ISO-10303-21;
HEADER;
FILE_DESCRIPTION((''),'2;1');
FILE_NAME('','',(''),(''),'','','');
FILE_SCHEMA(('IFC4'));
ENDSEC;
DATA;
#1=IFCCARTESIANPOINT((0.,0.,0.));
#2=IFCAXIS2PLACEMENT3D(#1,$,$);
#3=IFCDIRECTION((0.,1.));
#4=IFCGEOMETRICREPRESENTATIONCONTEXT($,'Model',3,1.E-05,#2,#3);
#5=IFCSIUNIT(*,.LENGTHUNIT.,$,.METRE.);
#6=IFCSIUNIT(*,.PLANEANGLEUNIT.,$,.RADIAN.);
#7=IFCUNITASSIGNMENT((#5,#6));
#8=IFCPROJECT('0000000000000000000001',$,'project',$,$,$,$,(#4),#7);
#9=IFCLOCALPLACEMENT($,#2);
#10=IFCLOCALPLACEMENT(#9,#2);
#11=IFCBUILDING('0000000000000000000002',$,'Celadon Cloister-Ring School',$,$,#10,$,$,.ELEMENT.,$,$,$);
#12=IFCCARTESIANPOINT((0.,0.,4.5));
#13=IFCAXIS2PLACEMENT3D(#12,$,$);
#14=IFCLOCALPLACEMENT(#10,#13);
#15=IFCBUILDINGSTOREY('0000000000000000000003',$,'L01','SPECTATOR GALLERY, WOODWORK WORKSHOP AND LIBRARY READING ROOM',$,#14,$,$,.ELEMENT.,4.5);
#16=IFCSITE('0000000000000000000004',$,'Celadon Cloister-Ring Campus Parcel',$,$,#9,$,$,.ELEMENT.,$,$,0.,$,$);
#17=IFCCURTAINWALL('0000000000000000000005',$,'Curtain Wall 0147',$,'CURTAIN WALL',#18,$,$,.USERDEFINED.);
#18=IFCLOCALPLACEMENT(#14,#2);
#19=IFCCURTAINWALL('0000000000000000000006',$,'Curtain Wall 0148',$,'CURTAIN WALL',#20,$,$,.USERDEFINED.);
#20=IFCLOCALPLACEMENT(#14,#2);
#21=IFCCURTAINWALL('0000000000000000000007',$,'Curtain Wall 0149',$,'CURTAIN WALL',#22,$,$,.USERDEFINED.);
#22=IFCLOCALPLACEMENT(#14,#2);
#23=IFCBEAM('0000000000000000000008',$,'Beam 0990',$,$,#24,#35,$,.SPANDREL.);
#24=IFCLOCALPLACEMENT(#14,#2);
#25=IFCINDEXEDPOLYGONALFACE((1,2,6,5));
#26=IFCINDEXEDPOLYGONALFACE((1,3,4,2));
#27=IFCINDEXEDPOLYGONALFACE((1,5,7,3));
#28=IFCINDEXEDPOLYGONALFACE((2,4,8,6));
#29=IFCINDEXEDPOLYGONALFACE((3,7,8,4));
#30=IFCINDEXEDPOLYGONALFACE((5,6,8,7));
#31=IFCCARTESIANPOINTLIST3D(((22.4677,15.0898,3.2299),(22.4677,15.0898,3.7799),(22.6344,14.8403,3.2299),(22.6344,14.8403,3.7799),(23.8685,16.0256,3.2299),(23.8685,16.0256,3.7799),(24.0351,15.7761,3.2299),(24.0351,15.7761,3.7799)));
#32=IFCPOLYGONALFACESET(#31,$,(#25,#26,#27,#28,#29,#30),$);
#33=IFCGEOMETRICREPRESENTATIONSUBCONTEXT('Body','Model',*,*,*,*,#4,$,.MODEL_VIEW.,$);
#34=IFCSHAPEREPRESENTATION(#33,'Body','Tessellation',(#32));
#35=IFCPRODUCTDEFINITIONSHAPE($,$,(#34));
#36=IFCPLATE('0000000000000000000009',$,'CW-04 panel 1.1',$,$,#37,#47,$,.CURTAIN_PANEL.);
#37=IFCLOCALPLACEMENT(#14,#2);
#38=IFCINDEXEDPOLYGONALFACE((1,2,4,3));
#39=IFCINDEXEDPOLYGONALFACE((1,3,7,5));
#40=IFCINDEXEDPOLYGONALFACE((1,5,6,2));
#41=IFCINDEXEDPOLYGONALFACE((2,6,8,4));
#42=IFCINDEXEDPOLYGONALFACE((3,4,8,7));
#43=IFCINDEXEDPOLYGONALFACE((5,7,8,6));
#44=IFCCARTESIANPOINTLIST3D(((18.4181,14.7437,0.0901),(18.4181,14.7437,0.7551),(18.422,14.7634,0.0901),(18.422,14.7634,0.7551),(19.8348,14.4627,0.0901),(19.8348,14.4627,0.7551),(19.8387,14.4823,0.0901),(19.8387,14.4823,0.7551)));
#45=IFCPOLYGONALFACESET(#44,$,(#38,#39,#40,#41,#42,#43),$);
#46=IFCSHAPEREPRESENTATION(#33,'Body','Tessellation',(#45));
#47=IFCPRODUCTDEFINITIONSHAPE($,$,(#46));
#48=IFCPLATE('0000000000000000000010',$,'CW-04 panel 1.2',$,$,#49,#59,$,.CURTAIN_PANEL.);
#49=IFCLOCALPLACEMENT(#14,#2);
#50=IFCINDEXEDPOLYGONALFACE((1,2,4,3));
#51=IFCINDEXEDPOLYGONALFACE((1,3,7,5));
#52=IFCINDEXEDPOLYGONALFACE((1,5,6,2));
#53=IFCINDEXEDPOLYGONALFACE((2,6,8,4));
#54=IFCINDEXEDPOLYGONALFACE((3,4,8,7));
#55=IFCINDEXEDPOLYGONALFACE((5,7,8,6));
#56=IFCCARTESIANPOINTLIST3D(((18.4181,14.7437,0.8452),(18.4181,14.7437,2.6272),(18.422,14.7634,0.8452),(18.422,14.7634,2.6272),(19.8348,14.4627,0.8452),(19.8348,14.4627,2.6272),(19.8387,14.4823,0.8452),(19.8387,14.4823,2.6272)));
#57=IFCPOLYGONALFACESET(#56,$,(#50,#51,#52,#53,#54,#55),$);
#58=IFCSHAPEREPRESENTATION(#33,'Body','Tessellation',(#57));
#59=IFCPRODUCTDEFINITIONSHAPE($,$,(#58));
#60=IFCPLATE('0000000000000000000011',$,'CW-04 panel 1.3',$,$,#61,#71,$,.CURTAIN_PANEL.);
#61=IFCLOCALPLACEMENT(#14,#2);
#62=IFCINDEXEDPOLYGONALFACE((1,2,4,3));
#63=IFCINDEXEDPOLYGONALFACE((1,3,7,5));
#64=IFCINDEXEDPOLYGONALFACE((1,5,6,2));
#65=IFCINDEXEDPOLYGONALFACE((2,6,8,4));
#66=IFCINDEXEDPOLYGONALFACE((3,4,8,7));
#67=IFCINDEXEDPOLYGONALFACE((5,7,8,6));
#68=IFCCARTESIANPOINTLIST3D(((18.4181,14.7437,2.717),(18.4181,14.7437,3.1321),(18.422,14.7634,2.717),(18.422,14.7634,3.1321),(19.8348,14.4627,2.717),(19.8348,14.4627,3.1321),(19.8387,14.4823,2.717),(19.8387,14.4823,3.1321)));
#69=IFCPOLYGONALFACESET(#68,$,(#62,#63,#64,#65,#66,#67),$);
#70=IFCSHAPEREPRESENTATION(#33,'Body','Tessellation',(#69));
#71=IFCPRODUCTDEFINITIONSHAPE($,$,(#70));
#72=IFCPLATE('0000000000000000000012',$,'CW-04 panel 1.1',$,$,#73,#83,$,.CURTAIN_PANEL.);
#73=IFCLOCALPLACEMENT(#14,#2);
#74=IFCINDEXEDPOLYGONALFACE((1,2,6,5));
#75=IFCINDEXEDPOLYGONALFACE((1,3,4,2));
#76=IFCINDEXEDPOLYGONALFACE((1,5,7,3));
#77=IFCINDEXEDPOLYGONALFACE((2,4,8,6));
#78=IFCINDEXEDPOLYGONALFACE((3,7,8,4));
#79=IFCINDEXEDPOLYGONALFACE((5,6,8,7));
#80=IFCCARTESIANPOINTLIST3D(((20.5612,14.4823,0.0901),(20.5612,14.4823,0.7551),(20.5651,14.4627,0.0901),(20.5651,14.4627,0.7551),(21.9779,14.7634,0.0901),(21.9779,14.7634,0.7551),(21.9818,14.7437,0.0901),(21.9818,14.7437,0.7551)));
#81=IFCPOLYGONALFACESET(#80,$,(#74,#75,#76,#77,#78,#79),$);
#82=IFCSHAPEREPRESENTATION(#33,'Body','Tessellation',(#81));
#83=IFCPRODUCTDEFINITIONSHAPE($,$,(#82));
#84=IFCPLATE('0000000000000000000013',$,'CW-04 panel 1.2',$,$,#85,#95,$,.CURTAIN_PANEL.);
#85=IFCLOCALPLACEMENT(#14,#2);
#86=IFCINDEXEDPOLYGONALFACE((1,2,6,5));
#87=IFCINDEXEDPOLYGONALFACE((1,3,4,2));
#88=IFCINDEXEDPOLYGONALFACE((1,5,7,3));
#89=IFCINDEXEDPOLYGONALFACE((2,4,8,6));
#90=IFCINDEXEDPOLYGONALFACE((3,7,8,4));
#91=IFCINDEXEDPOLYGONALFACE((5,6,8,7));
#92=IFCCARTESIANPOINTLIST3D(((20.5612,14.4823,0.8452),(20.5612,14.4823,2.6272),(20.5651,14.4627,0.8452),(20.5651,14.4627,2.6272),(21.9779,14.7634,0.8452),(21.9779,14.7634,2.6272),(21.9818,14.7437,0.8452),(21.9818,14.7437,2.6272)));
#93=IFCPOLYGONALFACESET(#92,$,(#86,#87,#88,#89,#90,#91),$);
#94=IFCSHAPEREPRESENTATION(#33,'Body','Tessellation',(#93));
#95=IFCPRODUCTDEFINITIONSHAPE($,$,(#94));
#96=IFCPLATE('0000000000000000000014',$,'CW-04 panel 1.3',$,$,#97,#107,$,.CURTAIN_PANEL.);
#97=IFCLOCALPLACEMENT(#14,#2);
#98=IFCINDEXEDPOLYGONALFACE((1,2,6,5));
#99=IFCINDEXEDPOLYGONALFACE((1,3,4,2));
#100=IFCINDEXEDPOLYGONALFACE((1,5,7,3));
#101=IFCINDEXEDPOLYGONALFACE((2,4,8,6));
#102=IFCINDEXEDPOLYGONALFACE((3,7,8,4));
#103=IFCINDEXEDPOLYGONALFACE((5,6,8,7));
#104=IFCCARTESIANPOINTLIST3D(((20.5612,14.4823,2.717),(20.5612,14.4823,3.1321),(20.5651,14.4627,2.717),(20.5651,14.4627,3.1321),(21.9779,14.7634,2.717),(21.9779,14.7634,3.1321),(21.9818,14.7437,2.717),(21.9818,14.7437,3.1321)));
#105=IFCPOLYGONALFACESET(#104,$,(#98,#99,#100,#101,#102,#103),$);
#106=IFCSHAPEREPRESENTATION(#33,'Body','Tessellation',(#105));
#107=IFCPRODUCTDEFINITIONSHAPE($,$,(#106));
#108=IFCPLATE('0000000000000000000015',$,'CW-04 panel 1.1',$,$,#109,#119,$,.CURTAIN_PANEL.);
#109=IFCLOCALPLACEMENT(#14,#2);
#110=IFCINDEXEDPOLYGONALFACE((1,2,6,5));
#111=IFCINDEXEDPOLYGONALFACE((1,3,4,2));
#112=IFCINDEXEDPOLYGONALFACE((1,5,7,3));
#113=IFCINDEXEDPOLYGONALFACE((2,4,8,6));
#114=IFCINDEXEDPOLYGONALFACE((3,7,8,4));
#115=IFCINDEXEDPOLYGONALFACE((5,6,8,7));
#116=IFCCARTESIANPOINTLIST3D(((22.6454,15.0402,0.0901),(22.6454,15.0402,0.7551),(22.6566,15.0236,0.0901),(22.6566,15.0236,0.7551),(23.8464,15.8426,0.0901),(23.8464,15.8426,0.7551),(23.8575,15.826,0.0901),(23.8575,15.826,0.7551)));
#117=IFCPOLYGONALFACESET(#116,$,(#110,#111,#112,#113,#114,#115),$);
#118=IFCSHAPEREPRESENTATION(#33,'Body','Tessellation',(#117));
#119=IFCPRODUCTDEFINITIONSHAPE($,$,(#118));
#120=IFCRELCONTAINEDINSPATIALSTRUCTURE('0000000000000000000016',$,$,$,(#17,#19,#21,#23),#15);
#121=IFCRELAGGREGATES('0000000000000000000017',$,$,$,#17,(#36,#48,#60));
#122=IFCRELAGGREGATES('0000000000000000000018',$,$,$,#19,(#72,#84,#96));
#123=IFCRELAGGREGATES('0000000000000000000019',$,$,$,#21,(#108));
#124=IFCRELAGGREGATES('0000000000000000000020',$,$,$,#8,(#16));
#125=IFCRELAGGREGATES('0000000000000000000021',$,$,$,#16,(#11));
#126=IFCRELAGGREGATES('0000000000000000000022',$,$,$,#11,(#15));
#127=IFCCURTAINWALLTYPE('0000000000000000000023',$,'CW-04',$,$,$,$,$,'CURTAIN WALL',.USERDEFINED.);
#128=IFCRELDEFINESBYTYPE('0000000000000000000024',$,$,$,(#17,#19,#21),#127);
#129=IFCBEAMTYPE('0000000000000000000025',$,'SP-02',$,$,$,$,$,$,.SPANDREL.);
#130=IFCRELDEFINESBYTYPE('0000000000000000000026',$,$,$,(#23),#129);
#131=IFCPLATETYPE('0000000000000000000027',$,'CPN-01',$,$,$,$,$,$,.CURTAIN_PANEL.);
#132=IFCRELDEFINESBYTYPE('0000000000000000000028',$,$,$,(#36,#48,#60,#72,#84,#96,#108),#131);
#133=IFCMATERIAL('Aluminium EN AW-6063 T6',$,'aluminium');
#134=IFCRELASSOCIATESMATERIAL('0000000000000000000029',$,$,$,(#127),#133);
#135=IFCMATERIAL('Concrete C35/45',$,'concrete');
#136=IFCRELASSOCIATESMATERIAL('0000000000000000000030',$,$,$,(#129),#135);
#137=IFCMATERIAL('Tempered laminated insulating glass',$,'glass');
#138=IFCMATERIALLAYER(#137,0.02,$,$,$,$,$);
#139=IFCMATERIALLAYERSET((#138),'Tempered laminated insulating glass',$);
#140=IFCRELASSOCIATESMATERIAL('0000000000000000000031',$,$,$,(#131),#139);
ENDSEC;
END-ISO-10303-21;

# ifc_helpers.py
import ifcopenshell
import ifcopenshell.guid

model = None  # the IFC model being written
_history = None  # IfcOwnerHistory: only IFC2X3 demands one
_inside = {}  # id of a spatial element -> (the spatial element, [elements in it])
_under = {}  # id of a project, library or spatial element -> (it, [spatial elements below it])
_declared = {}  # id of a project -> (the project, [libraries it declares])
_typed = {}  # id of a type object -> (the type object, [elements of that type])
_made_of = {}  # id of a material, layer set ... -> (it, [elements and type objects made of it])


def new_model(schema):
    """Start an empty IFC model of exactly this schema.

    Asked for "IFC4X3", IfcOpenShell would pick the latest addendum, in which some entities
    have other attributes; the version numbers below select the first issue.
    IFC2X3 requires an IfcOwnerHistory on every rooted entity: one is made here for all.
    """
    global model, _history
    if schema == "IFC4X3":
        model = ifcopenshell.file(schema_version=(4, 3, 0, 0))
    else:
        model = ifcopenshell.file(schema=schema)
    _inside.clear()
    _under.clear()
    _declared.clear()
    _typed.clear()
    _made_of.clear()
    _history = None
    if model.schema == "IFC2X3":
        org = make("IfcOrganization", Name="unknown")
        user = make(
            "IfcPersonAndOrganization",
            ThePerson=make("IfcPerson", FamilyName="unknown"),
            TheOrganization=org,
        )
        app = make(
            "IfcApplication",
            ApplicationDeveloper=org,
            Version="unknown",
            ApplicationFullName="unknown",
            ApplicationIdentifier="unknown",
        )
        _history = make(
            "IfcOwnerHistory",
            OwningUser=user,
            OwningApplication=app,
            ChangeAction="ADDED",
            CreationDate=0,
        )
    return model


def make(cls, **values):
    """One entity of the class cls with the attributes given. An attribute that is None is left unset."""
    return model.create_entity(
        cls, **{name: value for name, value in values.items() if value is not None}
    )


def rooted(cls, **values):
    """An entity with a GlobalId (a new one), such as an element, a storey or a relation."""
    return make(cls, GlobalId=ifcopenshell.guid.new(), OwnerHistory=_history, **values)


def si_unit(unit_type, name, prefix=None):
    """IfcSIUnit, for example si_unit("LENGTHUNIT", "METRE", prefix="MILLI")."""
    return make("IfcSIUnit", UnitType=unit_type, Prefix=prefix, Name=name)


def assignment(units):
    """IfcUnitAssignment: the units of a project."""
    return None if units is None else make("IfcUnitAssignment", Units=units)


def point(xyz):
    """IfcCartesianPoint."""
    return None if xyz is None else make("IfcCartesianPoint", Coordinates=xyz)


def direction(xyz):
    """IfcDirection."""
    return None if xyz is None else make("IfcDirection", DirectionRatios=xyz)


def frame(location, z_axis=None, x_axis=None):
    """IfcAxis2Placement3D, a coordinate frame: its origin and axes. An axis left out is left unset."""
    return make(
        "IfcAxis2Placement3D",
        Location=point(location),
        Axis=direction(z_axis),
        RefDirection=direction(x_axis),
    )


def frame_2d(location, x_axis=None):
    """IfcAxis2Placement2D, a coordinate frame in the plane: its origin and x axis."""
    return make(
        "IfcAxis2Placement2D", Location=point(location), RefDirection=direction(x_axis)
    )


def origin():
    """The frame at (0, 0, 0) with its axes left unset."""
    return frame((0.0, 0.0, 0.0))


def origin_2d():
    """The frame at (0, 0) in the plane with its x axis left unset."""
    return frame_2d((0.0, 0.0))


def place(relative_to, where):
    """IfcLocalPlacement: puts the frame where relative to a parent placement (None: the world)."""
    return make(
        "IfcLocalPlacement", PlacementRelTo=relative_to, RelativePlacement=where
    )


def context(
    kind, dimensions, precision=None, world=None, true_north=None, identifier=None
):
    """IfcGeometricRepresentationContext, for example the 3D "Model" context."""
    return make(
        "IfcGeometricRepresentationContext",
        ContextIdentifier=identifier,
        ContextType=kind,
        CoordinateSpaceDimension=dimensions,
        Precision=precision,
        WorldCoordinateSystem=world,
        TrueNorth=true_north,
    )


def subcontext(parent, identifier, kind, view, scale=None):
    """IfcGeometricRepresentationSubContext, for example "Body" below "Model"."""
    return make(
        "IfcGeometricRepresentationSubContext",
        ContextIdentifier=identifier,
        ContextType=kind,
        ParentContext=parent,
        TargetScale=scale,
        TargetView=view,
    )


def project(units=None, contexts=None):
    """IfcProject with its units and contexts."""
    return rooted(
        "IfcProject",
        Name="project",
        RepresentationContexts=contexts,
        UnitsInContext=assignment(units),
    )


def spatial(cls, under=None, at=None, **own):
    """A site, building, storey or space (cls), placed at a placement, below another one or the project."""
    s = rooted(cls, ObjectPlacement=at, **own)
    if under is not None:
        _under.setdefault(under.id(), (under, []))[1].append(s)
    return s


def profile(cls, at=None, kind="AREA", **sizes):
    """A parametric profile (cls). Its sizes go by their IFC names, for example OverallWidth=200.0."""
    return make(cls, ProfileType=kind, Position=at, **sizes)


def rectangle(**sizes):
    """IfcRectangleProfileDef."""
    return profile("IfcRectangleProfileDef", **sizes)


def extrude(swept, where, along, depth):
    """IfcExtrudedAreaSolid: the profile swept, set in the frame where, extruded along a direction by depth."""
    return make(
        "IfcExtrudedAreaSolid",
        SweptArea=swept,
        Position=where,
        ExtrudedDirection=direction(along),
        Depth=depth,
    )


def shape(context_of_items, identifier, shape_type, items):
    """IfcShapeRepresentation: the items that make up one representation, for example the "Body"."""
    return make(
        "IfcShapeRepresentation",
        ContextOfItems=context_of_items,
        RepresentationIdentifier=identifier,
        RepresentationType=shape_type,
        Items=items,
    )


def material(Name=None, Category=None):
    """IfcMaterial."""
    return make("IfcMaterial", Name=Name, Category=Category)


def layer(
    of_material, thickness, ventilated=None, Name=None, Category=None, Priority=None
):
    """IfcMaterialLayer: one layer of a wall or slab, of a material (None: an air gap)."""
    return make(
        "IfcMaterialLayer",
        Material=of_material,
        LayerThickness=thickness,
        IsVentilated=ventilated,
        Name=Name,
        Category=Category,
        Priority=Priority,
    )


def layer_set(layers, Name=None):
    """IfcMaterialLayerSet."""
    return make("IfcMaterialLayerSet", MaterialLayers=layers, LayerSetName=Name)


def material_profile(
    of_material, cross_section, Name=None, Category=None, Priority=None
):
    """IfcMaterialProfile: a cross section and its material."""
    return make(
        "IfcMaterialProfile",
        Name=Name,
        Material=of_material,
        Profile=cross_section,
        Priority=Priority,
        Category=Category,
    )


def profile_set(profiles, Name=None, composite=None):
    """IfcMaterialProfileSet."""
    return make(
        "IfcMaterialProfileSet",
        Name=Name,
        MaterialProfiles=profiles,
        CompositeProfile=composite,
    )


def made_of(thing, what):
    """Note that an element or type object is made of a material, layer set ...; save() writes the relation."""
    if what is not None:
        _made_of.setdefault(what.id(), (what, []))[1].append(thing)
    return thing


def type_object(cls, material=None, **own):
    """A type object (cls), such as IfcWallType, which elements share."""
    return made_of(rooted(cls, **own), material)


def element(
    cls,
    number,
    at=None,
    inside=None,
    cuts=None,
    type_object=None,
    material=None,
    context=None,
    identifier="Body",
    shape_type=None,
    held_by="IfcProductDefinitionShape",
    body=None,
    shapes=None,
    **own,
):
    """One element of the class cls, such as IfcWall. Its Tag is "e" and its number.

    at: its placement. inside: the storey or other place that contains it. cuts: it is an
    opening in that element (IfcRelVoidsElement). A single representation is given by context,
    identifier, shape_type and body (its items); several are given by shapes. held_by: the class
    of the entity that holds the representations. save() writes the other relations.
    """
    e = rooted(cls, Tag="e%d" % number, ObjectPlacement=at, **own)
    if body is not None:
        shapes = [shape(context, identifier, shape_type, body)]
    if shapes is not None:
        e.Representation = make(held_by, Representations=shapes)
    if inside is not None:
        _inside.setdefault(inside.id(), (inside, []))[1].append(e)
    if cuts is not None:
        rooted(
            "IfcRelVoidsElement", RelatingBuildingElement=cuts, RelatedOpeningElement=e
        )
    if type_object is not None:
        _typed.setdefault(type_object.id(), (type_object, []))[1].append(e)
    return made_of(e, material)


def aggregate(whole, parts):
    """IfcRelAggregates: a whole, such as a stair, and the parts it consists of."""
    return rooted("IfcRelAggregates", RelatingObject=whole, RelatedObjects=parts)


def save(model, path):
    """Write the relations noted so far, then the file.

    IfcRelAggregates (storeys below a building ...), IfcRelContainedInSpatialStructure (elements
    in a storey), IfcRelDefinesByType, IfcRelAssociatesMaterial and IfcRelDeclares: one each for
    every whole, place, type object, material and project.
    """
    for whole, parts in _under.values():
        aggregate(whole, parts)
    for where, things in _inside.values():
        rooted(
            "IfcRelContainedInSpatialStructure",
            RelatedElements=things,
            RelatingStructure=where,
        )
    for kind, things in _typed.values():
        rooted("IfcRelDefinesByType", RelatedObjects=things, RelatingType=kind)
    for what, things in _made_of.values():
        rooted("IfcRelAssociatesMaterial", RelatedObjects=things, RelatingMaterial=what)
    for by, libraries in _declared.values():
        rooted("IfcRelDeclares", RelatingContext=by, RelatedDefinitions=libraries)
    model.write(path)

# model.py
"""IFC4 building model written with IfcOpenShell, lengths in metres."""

from ifc_helpers import new_model, si_unit, direction, frame, origin, origin_2d, place, context, subcontext, project, spatial, rectangle, extrude, material, layer, layer_set, material_profile, profile_set, type_object, element, aggregate, save


model = new_model("IFC4")

# Units and contexts
model_context = context("Model", 3, precision=1e-05, world=origin(), true_north=direction((0.0, 1.0)))
body_context = subcontext(model_context, "Body", "Model", "MODEL_VIEW")
ifc_project = project(units=[si_unit("LENGTHUNIT", "METRE"), si_unit("PLANEANGLEUNIT", "RADIAN")], contexts=[model_context])

# Site, building, storey
site_placement = place(None, origin())
site = spatial("IfcSite", under=ifc_project, at=site_placement, Name="Celadon Cloister-Ring Campus Parcel", CompositionType="ELEMENT", RefElevation=0.0)
building_placement = place(site_placement, origin())
building = spatial("IfcBuilding", under=site, at=building_placement, Name="Celadon Cloister-Ring School", CompositionType="ELEMENT")
storey_placement = place(building_placement, frame((0.0, 0.0, 4.5)))
storey = spatial("IfcBuildingStorey", under=building, at=storey_placement, Name="L01", Description="SPECTATOR GALLERY, WOODWORK WORKSHOP AND LIBRARY READING ROOM", CompositionType="ELEMENT", Elevation=4.5)

# Curtain wall
ifc_material_1 = material(Name="Aluminium EN AW-6063 T6", Category="aluminium")
curtain_wall_type = type_object("IfcCurtainWallType", Name="CW-04", ElementType="CURTAIN WALL", PredefinedType="USERDEFINED", material=ifc_material_1)
curtain_wall_1_placement = place(storey_placement, origin())
curtain_wall_1 = element("IfcCurtainWall", 1, at=curtain_wall_1_placement, inside=storey, type_object=curtain_wall_type, Name="Curtain Wall 0147", ObjectType="CURTAIN WALL", PredefinedType="USERDEFINED")

# Curtain wall
curtain_wall_2_placement = place(storey_placement, origin())
curtain_wall_2 = element("IfcCurtainWall", 2, at=curtain_wall_2_placement, inside=storey, type_object=curtain_wall_type, Name="Curtain Wall 0148", ObjectType="CURTAIN WALL", PredefinedType="USERDEFINED")

# Curtain wall
curtain_wall_3_placement = place(storey_placement, origin())
curtain_wall_3 = element("IfcCurtainWall", 3, at=curtain_wall_3_placement, inside=storey, type_object=curtain_wall_type, Name="Curtain Wall 0149", ObjectType="CURTAIN WALL", PredefinedType="USERDEFINED")

# Beam
ifc_material_2 = material(Name="Concrete C35/45", Category="concrete")
ifc_material_profile_1 = material_profile(ifc_material_2, rectangle(XDim=0.3, YDim=0.55, at=origin_2d()), Name="RC300X550")
ifc_profile_set_1 = profile_set([ifc_material_profile_1], Name="Concrete C35/45")
beam_type = type_object("IfcBeamType", Name="SP-02", PredefinedType="SPANDREL", material=ifc_profile_set_1)
beam_1_placement = place(storey_placement, frame((22.551, 14.9651, 3.5049), z_axis=(0.831537, 0.555469, 0.0), x_axis=(-0.555469, 0.831537, 0.0)))
element("IfcBeam", 4, at=beam_1_placement, inside=storey, type_object=beam_type, Name="Beam 0990", PredefinedType="SPANDREL", context=body_context, shape_type="SweptSolid", body=[
    extrude(rectangle(XDim=0.3, YDim=0.55, at=origin_2d()), origin(), (0.0, 0.0, 1.0), 1.6846),
])

# Plates
ifc_material_3 = material(Name="Tempered laminated insulating glass", Category="glass")
ifc_layer = layer(ifc_material_3, 0.02)
ifc_layer_set = layer_set([ifc_layer], Name="Tempered laminated insulating glass")
plate_type = type_object("IfcPlateType", Name="CPN-01", PredefinedType="CURTAIN_PANEL", material=ifc_layer_set)
plate_1_placement = place(storey_placement, frame((19.1284, 14.613, 0.0901), z_axis=(0.0, 0.0, 1.0), x_axis=(0.980885, -0.194586, 0.0)))
plate_1 = element("IfcPlate", 5, at=plate_1_placement, type_object=plate_type, Name="CW-04 panel 1.1", PredefinedType="CURTAIN_PANEL", context=body_context, shape_type="SweptSolid", body=[
    extrude(rectangle(XDim=1.4443, YDim=0.02, at=origin_2d()), origin(), (0.0, 0.0, 1.0), 0.665),
])
plate_2_placement = place(storey_placement, frame((19.1284, 14.613, 0.8452), z_axis=(0.0, 0.0, 1.0), x_axis=(0.980885, -0.194586, 0.0)))
plate_2 = element("IfcPlate", 6, at=plate_2_placement, type_object=plate_type, Name="CW-04 panel 1.2", PredefinedType="CURTAIN_PANEL", context=body_context, shape_type="SweptSolid", body=[
    extrude(rectangle(XDim=1.4443, YDim=0.02, at=origin_2d()), origin(), (0.0, 0.0, 1.0), 1.782),
])
plate_3_placement = place(storey_placement, frame((19.1284, 14.613, 2.717), z_axis=(0.0, 0.0, 1.0), x_axis=(0.980885, -0.194586, 0.0)))
plate_3 = element("IfcPlate", 7, at=plate_3_placement, type_object=plate_type, Name="CW-04 panel 1.3", PredefinedType="CURTAIN_PANEL", context=body_context, shape_type="SweptSolid", body=[
    extrude(rectangle(XDim=1.4443, YDim=0.02, at=origin_2d()), origin(), (0.0, 0.0, 1.0), 0.415),
])
aggregate(curtain_wall_1, [plate_1, plate_2, plate_3])
plate_4_placement = place(storey_placement, frame((21.2715, 14.613, 0.0901), z_axis=(0.0, 0.0, 1.0), x_axis=(0.980885, 0.194586, 0.0)))
plate_4 = element("IfcPlate", 8, at=plate_4_placement, type_object=plate_type, Name="CW-04 panel 1.1", PredefinedType="CURTAIN_PANEL", context=body_context, shape_type="SweptSolid", body=[
    extrude(rectangle(XDim=1.4443, YDim=0.02, at=origin_2d()), origin(), (0.0, 0.0, 1.0), 0.665),
])
plate_5_placement = place(storey_placement, frame((21.2715, 14.613, 0.8452), z_axis=(0.0, 0.0, 1.0), x_axis=(0.980885, 0.194586, 0.0)))
plate_5 = element("IfcPlate", 9, at=plate_5_placement, type_object=plate_type, Name="CW-04 panel 1.2", PredefinedType="CURTAIN_PANEL", context=body_context, shape_type="SweptSolid", body=[
    extrude(rectangle(XDim=1.4443, YDim=0.02, at=origin_2d()), origin(), (0.0, 0.0, 1.0), 1.782),
])
plate_6_placement = place(storey_placement, frame((21.2715, 14.613, 2.717), z_axis=(0.0, 0.0, 1.0), x_axis=(0.980885, 0.194586, 0.0)))
plate_6 = element("IfcPlate", 10, at=plate_6_placement, type_object=plate_type, Name="CW-04 panel 1.3", PredefinedType="CURTAIN_PANEL", context=body_context, shape_type="SweptSolid", body=[
    extrude(rectangle(XDim=1.4443, YDim=0.02, at=origin_2d()), origin(), (0.0, 0.0, 1.0), 0.415),
])
aggregate(curtain_wall_2, [plate_4, plate_5, plate_6])
plate_7_placement = place(storey_placement, frame((23.2515, 15.4331, 0.0901), z_axis=(0.0, 0.0, 1.0), x_axis=(0.831485, 0.555547, 0.0)))
plate_7 = element("IfcPlate", 11, at=plate_7_placement, type_object=plate_type, Name="CW-04 panel 1.1", PredefinedType="CURTAIN_PANEL", context=body_context, shape_type="SweptSolid", body=[
    extrude(rectangle(XDim=1.4443, YDim=0.02, at=origin_2d()), origin(), (0.0, 0.0, 1.0), 0.665),
])
aggregate(curtain_wall_3, [plate_7])

save(model, "model.ifc")
